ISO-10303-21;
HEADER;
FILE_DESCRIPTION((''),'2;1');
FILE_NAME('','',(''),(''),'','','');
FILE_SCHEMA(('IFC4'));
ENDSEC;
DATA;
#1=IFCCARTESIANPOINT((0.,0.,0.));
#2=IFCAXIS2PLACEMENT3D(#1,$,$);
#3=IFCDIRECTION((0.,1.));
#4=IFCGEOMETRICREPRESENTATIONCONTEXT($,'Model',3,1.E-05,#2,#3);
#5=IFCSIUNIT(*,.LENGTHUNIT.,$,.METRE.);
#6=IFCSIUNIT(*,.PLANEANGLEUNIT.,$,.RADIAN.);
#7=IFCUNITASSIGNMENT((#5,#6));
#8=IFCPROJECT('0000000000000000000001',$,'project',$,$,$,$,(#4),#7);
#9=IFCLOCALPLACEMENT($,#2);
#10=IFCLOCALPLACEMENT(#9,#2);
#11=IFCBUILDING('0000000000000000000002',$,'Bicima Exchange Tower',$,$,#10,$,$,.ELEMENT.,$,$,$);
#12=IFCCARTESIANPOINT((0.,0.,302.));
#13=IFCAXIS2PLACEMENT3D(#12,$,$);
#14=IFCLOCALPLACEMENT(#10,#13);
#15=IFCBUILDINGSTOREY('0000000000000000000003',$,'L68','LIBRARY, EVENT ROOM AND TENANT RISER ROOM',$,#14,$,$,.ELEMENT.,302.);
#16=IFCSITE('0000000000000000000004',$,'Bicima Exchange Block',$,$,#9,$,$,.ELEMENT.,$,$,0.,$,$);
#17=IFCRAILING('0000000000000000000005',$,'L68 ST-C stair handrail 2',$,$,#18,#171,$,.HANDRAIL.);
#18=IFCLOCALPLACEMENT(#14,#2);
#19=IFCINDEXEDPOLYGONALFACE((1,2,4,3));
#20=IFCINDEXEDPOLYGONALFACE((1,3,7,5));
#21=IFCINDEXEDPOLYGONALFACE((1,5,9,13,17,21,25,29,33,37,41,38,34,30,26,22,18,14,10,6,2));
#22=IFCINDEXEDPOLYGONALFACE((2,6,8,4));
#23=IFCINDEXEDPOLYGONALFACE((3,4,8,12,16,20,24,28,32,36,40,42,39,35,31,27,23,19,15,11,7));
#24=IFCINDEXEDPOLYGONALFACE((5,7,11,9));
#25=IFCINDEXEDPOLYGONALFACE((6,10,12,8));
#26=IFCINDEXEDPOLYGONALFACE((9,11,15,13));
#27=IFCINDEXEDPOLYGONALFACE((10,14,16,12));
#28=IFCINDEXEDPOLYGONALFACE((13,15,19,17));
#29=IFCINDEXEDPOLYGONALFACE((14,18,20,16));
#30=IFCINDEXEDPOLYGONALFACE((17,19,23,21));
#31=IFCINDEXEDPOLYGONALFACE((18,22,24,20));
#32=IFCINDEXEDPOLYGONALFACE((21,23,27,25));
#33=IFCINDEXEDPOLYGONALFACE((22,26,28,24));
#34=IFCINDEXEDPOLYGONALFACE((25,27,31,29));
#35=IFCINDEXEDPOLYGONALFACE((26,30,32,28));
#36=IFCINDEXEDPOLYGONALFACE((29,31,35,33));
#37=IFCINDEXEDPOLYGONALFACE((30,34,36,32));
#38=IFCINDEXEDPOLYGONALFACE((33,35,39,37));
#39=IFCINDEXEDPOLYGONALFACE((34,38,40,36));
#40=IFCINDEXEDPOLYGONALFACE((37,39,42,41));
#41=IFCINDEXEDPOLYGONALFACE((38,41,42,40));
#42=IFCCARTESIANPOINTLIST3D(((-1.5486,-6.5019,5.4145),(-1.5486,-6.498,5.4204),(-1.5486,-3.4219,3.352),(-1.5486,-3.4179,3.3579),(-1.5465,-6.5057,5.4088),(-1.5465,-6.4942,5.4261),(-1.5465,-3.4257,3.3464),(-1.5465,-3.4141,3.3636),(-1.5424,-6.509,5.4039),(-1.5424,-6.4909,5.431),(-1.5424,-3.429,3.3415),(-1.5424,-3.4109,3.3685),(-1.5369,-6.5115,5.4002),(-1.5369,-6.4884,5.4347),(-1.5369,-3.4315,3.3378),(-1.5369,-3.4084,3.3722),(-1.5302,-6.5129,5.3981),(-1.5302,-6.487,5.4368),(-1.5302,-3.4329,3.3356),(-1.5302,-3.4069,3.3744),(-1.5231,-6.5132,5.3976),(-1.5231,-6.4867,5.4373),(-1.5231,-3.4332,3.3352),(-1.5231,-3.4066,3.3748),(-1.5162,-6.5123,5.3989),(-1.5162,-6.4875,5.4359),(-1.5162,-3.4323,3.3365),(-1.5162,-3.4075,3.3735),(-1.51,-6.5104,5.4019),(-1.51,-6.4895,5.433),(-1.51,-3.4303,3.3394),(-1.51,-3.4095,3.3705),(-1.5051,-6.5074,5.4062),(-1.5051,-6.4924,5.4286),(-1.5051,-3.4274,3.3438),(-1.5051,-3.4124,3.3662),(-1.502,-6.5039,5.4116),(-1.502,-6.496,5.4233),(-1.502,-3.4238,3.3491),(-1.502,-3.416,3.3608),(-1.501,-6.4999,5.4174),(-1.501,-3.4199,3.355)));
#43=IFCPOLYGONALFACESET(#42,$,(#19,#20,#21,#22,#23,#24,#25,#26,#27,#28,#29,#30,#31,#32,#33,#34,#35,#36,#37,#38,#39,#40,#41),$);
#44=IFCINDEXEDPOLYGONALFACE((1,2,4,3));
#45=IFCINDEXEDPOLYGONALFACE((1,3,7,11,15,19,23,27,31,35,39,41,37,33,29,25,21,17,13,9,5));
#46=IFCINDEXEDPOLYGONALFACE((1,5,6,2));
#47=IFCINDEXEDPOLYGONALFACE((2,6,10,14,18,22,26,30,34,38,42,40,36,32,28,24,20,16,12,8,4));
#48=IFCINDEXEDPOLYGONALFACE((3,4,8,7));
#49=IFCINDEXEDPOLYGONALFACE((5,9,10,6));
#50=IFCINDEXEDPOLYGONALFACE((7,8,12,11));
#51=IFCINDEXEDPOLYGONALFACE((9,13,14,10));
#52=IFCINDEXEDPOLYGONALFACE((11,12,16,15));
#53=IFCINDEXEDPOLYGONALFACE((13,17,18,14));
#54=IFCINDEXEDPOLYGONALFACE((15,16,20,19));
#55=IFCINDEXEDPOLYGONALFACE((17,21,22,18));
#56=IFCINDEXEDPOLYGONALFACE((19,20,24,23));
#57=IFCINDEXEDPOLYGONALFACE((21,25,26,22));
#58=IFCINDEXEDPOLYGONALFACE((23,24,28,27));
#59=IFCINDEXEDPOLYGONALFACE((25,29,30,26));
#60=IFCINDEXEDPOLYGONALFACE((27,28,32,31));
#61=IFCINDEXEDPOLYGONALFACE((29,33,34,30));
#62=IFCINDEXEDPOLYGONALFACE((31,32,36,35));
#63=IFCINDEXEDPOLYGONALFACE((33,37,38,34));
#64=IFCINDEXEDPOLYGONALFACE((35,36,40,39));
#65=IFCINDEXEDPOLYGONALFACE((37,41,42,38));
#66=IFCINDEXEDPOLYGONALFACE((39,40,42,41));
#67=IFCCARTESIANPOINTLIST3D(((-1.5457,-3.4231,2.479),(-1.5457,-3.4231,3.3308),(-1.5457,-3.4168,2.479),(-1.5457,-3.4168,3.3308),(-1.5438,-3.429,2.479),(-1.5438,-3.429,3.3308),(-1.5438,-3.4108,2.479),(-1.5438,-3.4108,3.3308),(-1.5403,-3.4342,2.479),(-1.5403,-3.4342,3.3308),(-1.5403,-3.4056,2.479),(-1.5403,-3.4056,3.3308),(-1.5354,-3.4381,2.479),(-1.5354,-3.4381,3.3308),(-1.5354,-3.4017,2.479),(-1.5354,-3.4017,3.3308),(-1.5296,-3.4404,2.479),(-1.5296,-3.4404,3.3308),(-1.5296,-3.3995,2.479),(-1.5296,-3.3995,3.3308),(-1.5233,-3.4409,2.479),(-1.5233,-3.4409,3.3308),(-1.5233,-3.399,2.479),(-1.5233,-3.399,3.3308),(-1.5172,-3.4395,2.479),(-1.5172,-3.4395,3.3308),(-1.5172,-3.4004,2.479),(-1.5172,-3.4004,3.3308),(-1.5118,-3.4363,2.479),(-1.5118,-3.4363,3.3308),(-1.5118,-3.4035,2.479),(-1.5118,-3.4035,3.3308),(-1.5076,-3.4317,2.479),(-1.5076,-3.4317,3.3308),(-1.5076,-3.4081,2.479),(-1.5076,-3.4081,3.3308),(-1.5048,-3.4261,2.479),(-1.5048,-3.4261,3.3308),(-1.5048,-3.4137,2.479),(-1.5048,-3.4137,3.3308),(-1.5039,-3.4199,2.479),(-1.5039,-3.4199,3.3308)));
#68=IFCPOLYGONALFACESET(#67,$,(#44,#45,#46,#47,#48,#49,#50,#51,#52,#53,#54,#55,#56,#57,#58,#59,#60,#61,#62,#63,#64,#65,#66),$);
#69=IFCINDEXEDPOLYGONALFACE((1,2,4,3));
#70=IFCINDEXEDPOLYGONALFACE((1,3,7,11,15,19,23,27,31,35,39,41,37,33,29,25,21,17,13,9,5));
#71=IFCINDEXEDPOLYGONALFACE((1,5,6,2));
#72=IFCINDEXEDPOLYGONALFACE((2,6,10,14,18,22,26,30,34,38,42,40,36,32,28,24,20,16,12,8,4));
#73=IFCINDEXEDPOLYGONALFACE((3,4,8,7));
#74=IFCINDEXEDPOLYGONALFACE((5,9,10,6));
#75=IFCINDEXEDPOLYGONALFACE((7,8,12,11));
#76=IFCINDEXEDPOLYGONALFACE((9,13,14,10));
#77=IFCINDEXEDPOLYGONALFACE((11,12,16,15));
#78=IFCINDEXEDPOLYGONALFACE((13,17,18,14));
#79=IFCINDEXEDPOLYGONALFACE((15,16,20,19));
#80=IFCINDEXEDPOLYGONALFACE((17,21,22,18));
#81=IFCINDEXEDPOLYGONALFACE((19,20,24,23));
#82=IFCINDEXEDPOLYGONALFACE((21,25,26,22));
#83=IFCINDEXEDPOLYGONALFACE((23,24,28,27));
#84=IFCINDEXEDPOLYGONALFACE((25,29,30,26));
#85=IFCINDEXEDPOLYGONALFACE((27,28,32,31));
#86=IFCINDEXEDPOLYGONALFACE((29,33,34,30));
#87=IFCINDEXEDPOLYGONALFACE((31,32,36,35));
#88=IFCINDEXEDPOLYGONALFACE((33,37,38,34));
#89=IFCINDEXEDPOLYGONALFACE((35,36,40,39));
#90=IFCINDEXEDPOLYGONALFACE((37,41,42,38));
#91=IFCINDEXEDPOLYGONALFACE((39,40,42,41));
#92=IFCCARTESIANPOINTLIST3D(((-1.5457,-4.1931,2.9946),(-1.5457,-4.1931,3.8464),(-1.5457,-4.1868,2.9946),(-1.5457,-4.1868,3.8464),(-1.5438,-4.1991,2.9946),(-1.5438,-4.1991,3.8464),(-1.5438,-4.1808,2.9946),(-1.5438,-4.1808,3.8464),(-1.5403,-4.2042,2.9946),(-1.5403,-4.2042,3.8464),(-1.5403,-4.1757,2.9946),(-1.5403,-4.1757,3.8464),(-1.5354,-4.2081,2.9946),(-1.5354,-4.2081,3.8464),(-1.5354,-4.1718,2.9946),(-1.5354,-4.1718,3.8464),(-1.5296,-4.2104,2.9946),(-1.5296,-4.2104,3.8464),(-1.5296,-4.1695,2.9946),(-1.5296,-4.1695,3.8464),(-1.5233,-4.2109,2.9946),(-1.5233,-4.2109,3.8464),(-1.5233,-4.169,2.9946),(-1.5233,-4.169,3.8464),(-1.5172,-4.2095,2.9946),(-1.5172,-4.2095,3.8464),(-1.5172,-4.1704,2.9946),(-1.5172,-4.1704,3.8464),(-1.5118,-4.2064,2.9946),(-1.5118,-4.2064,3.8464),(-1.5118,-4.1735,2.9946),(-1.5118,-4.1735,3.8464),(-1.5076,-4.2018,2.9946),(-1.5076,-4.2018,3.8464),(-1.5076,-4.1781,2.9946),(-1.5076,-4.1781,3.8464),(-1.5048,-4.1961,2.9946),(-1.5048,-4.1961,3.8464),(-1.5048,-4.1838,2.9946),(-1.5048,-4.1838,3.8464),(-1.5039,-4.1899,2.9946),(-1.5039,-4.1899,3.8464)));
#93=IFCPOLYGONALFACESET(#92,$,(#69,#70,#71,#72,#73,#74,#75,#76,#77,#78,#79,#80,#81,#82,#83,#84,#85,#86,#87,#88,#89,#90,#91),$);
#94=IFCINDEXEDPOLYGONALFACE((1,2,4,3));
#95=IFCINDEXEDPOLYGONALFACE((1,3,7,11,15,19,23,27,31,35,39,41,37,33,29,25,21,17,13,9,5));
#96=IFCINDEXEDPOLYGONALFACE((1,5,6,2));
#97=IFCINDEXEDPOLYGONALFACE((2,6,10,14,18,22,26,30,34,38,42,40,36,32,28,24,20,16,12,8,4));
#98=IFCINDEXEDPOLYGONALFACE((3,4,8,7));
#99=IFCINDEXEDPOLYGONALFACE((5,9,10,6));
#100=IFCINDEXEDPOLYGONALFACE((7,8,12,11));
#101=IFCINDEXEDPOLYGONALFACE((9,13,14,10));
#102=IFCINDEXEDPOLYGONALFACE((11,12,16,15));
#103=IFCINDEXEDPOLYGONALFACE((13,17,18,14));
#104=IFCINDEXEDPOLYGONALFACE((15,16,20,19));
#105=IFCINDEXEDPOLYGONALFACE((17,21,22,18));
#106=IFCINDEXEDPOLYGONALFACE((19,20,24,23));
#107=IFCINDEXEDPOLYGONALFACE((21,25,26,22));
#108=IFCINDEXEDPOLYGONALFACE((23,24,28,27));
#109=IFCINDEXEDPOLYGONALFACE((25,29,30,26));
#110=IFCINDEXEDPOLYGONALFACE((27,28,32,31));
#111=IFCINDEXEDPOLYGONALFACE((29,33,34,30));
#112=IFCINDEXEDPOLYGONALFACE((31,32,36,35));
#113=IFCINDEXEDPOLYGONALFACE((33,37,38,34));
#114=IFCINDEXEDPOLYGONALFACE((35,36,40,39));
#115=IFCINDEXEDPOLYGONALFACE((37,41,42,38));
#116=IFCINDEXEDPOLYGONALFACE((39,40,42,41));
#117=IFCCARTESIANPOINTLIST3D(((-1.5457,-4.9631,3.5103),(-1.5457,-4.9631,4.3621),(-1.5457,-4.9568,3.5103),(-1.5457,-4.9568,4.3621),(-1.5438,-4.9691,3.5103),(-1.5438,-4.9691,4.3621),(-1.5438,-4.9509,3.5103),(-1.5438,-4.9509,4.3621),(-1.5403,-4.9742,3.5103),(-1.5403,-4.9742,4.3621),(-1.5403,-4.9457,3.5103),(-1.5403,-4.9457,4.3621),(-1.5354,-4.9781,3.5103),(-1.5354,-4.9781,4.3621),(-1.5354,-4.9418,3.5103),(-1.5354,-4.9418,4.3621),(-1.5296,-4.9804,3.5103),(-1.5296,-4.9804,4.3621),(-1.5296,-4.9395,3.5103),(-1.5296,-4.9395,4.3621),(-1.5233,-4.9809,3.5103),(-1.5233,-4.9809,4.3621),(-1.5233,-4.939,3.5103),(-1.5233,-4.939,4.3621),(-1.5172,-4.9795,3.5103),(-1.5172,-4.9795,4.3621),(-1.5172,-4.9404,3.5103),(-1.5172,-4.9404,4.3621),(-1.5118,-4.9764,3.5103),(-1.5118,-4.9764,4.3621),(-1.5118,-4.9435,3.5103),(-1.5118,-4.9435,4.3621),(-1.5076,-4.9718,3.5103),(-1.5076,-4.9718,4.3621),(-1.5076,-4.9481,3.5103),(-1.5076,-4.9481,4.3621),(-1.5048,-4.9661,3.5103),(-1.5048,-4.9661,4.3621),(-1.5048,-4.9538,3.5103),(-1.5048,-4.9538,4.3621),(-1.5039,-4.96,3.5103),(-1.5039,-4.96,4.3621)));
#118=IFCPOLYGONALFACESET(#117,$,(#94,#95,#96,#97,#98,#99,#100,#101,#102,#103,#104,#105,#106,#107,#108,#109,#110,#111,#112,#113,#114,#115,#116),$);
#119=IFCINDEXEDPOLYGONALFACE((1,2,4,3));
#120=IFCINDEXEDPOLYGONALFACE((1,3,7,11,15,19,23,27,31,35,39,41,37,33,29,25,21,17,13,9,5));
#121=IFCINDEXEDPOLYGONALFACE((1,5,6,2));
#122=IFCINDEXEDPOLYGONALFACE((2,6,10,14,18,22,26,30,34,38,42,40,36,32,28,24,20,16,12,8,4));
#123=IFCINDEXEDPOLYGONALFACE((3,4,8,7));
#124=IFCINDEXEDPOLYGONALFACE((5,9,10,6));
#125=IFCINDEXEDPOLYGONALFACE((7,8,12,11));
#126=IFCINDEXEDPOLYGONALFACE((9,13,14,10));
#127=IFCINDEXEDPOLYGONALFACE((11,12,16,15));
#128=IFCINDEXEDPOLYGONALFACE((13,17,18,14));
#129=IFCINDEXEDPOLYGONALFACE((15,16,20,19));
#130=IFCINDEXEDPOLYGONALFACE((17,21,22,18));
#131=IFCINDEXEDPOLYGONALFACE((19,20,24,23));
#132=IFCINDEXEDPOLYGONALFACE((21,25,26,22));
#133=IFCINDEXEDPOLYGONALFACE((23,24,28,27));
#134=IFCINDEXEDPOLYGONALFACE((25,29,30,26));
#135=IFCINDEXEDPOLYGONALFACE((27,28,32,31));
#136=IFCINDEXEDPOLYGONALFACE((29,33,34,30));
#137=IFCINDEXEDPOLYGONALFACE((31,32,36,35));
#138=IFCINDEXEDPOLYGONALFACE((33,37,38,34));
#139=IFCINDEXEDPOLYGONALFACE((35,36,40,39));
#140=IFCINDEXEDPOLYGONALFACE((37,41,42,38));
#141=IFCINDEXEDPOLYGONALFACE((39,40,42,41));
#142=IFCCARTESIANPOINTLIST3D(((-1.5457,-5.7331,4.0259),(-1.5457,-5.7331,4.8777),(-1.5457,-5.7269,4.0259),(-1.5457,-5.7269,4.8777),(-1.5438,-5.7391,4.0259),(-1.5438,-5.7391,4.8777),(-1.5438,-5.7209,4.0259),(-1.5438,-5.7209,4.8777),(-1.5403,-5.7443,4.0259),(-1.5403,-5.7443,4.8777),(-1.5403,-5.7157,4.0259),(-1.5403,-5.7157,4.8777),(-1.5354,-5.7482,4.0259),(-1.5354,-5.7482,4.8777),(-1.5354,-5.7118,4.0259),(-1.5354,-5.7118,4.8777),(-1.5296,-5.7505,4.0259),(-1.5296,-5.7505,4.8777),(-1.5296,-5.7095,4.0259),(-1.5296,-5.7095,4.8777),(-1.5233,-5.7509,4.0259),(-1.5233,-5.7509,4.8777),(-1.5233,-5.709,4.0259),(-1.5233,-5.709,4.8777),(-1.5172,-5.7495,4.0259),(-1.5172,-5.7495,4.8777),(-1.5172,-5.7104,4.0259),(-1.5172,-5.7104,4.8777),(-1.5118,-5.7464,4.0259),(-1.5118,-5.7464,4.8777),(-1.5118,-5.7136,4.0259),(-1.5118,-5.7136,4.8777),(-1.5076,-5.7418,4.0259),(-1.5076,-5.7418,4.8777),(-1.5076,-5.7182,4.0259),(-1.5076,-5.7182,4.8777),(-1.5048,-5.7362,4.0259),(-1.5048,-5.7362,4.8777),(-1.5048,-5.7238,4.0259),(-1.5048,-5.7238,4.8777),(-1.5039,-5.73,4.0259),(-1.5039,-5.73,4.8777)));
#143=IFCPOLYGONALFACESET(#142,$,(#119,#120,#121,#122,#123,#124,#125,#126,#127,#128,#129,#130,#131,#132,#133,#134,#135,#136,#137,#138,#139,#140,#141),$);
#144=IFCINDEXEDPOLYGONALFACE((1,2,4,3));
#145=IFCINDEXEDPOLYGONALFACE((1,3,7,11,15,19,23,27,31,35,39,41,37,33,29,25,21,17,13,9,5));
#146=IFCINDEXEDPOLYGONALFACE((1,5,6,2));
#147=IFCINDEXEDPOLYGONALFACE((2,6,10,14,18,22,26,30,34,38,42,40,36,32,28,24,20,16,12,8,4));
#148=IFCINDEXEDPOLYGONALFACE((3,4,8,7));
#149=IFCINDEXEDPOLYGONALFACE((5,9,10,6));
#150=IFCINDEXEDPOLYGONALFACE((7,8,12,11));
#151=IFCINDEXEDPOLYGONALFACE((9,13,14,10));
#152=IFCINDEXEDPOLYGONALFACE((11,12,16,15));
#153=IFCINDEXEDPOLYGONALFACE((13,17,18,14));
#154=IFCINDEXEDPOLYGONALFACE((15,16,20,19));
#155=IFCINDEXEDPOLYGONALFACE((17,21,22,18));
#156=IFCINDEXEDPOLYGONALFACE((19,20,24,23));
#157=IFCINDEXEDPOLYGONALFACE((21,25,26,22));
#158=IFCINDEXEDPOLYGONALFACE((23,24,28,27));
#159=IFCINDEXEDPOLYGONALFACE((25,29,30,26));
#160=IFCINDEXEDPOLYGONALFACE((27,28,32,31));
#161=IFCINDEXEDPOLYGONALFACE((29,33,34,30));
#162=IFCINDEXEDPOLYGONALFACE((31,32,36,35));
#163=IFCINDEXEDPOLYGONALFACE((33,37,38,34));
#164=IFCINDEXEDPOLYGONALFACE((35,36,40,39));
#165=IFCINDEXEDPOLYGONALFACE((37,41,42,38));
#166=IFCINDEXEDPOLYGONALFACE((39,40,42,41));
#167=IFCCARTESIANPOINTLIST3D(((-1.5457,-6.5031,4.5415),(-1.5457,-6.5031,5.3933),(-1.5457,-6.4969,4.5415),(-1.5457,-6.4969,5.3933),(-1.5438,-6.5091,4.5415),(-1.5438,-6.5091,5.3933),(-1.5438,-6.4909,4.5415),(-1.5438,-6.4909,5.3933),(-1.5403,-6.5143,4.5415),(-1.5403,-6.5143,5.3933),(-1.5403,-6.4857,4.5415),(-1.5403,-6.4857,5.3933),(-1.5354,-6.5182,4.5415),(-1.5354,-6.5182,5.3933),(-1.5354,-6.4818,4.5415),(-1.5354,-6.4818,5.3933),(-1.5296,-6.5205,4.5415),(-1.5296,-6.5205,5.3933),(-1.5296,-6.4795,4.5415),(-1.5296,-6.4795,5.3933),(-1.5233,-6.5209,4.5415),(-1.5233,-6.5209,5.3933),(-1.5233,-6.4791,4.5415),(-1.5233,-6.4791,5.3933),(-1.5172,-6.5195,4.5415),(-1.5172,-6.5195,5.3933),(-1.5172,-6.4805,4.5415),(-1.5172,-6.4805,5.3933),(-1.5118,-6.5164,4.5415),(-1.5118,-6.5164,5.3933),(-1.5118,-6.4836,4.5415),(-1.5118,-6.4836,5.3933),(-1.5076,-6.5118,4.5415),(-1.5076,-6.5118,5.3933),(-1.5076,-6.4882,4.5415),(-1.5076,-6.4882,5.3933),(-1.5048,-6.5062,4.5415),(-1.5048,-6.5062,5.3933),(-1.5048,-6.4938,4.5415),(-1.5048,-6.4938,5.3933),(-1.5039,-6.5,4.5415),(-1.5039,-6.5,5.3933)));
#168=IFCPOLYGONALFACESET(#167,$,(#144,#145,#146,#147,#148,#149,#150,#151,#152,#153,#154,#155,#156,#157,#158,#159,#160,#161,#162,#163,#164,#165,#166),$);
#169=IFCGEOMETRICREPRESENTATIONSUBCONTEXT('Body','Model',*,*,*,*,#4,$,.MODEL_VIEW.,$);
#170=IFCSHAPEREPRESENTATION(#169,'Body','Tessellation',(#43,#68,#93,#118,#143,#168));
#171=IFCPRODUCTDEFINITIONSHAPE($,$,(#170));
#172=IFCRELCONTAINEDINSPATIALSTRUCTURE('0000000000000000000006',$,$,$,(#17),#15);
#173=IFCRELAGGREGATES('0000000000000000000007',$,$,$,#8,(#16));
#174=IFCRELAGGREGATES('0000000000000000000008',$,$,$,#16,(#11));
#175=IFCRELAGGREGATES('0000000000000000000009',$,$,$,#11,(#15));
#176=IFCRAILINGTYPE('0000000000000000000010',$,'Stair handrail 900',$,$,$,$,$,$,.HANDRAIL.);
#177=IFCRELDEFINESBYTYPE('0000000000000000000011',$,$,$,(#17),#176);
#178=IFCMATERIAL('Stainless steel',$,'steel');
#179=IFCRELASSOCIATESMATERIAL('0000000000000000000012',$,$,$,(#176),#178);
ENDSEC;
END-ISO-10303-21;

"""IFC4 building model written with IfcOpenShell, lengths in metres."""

from ifc_helpers import new_model, si_unit, direction, frame, origin, origin_2d, place, context, subcontext, project, spatial, circle, extrude, material, type_object, element, save


model = new_model("IFC4")

# Units and contexts
model_context = context("Model", 3, precision=1e-05, world=origin(), true_north=direction((0.0, 1.0)))
body_context = subcontext(model_context, "Body", "Model", "MODEL_VIEW")
ifc_project = project(units=[si_unit("LENGTHUNIT", "METRE"), si_unit("PLANEANGLEUNIT", "RADIAN")], contexts=[model_context])

# Site, building, storey
site_placement = place(None, origin())
site = spatial("IfcSite", under=ifc_project, at=site_placement, Name="Bicima Exchange Block", CompositionType="ELEMENT", RefElevation=0.0)
building_placement = place(site_placement, origin())
building = spatial("IfcBuilding", under=site, at=building_placement, Name="Bicima Exchange Tower", CompositionType="ELEMENT")
storey_placement = place(building_placement, frame((0.0, 0.0, 302.0)))
storey = spatial("IfcBuildingStorey", under=building, at=storey_placement, Name="L68", Description="LIBRARY, EVENT ROOM AND TENANT RISER ROOM", CompositionType="ELEMENT", Elevation=302.0)

# Railing
ifc_material_1 = material(Name="Stainless steel", Category="steel")
railing_type = type_object("IfcRailingType", Name="Stair handrail 900", PredefinedType="HANDRAIL", material=ifc_material_1)
railing_placement = place(storey_placement, frame((-1.5249, -3.4199, 2.479)))
element("IfcRailing", 1, at=railing_placement, inside=storey, type_object=railing_type, Name="L68 ST-C stair handrail 2", PredefinedType="HANDRAIL", context=body_context, shape_type="SweptSolid", body=[
    extrude(circle(Radius=0.0239, at=origin_2d()), frame((0.0, 0.0, 0.876), z_axis=(0.0, -0.830914, 0.556401), x_axis=(1.0, 0.0, 0.0)), (0.0, 0.0, 1.0), 3.7068),
    extrude(circle(Radius=0.021, at=origin_2d()), origin(), (0.0, 0.0, 1.0), 0.8518),
    extrude(circle(Radius=0.021, at=origin_2d()), frame((0.0, -0.77, 0.5156)), (0.0, 0.0, 1.0), 0.8518),
    extrude(circle(Radius=0.021, at=origin_2d()), frame((0.0, -1.54, 1.0312)), (0.0, 0.0, 1.0), 0.8518),
    extrude(circle(Radius=0.021, at=origin_2d()), frame((0.0, -2.3101, 1.5469)), (0.0, 0.0, 1.0), 0.8518),
    extrude(circle(Radius=0.021, at=origin_2d()), frame((0.0, -3.0801, 2.0625)), (0.0, 0.0, 1.0), 0.8518),
])

save(model, "model.ifc")
